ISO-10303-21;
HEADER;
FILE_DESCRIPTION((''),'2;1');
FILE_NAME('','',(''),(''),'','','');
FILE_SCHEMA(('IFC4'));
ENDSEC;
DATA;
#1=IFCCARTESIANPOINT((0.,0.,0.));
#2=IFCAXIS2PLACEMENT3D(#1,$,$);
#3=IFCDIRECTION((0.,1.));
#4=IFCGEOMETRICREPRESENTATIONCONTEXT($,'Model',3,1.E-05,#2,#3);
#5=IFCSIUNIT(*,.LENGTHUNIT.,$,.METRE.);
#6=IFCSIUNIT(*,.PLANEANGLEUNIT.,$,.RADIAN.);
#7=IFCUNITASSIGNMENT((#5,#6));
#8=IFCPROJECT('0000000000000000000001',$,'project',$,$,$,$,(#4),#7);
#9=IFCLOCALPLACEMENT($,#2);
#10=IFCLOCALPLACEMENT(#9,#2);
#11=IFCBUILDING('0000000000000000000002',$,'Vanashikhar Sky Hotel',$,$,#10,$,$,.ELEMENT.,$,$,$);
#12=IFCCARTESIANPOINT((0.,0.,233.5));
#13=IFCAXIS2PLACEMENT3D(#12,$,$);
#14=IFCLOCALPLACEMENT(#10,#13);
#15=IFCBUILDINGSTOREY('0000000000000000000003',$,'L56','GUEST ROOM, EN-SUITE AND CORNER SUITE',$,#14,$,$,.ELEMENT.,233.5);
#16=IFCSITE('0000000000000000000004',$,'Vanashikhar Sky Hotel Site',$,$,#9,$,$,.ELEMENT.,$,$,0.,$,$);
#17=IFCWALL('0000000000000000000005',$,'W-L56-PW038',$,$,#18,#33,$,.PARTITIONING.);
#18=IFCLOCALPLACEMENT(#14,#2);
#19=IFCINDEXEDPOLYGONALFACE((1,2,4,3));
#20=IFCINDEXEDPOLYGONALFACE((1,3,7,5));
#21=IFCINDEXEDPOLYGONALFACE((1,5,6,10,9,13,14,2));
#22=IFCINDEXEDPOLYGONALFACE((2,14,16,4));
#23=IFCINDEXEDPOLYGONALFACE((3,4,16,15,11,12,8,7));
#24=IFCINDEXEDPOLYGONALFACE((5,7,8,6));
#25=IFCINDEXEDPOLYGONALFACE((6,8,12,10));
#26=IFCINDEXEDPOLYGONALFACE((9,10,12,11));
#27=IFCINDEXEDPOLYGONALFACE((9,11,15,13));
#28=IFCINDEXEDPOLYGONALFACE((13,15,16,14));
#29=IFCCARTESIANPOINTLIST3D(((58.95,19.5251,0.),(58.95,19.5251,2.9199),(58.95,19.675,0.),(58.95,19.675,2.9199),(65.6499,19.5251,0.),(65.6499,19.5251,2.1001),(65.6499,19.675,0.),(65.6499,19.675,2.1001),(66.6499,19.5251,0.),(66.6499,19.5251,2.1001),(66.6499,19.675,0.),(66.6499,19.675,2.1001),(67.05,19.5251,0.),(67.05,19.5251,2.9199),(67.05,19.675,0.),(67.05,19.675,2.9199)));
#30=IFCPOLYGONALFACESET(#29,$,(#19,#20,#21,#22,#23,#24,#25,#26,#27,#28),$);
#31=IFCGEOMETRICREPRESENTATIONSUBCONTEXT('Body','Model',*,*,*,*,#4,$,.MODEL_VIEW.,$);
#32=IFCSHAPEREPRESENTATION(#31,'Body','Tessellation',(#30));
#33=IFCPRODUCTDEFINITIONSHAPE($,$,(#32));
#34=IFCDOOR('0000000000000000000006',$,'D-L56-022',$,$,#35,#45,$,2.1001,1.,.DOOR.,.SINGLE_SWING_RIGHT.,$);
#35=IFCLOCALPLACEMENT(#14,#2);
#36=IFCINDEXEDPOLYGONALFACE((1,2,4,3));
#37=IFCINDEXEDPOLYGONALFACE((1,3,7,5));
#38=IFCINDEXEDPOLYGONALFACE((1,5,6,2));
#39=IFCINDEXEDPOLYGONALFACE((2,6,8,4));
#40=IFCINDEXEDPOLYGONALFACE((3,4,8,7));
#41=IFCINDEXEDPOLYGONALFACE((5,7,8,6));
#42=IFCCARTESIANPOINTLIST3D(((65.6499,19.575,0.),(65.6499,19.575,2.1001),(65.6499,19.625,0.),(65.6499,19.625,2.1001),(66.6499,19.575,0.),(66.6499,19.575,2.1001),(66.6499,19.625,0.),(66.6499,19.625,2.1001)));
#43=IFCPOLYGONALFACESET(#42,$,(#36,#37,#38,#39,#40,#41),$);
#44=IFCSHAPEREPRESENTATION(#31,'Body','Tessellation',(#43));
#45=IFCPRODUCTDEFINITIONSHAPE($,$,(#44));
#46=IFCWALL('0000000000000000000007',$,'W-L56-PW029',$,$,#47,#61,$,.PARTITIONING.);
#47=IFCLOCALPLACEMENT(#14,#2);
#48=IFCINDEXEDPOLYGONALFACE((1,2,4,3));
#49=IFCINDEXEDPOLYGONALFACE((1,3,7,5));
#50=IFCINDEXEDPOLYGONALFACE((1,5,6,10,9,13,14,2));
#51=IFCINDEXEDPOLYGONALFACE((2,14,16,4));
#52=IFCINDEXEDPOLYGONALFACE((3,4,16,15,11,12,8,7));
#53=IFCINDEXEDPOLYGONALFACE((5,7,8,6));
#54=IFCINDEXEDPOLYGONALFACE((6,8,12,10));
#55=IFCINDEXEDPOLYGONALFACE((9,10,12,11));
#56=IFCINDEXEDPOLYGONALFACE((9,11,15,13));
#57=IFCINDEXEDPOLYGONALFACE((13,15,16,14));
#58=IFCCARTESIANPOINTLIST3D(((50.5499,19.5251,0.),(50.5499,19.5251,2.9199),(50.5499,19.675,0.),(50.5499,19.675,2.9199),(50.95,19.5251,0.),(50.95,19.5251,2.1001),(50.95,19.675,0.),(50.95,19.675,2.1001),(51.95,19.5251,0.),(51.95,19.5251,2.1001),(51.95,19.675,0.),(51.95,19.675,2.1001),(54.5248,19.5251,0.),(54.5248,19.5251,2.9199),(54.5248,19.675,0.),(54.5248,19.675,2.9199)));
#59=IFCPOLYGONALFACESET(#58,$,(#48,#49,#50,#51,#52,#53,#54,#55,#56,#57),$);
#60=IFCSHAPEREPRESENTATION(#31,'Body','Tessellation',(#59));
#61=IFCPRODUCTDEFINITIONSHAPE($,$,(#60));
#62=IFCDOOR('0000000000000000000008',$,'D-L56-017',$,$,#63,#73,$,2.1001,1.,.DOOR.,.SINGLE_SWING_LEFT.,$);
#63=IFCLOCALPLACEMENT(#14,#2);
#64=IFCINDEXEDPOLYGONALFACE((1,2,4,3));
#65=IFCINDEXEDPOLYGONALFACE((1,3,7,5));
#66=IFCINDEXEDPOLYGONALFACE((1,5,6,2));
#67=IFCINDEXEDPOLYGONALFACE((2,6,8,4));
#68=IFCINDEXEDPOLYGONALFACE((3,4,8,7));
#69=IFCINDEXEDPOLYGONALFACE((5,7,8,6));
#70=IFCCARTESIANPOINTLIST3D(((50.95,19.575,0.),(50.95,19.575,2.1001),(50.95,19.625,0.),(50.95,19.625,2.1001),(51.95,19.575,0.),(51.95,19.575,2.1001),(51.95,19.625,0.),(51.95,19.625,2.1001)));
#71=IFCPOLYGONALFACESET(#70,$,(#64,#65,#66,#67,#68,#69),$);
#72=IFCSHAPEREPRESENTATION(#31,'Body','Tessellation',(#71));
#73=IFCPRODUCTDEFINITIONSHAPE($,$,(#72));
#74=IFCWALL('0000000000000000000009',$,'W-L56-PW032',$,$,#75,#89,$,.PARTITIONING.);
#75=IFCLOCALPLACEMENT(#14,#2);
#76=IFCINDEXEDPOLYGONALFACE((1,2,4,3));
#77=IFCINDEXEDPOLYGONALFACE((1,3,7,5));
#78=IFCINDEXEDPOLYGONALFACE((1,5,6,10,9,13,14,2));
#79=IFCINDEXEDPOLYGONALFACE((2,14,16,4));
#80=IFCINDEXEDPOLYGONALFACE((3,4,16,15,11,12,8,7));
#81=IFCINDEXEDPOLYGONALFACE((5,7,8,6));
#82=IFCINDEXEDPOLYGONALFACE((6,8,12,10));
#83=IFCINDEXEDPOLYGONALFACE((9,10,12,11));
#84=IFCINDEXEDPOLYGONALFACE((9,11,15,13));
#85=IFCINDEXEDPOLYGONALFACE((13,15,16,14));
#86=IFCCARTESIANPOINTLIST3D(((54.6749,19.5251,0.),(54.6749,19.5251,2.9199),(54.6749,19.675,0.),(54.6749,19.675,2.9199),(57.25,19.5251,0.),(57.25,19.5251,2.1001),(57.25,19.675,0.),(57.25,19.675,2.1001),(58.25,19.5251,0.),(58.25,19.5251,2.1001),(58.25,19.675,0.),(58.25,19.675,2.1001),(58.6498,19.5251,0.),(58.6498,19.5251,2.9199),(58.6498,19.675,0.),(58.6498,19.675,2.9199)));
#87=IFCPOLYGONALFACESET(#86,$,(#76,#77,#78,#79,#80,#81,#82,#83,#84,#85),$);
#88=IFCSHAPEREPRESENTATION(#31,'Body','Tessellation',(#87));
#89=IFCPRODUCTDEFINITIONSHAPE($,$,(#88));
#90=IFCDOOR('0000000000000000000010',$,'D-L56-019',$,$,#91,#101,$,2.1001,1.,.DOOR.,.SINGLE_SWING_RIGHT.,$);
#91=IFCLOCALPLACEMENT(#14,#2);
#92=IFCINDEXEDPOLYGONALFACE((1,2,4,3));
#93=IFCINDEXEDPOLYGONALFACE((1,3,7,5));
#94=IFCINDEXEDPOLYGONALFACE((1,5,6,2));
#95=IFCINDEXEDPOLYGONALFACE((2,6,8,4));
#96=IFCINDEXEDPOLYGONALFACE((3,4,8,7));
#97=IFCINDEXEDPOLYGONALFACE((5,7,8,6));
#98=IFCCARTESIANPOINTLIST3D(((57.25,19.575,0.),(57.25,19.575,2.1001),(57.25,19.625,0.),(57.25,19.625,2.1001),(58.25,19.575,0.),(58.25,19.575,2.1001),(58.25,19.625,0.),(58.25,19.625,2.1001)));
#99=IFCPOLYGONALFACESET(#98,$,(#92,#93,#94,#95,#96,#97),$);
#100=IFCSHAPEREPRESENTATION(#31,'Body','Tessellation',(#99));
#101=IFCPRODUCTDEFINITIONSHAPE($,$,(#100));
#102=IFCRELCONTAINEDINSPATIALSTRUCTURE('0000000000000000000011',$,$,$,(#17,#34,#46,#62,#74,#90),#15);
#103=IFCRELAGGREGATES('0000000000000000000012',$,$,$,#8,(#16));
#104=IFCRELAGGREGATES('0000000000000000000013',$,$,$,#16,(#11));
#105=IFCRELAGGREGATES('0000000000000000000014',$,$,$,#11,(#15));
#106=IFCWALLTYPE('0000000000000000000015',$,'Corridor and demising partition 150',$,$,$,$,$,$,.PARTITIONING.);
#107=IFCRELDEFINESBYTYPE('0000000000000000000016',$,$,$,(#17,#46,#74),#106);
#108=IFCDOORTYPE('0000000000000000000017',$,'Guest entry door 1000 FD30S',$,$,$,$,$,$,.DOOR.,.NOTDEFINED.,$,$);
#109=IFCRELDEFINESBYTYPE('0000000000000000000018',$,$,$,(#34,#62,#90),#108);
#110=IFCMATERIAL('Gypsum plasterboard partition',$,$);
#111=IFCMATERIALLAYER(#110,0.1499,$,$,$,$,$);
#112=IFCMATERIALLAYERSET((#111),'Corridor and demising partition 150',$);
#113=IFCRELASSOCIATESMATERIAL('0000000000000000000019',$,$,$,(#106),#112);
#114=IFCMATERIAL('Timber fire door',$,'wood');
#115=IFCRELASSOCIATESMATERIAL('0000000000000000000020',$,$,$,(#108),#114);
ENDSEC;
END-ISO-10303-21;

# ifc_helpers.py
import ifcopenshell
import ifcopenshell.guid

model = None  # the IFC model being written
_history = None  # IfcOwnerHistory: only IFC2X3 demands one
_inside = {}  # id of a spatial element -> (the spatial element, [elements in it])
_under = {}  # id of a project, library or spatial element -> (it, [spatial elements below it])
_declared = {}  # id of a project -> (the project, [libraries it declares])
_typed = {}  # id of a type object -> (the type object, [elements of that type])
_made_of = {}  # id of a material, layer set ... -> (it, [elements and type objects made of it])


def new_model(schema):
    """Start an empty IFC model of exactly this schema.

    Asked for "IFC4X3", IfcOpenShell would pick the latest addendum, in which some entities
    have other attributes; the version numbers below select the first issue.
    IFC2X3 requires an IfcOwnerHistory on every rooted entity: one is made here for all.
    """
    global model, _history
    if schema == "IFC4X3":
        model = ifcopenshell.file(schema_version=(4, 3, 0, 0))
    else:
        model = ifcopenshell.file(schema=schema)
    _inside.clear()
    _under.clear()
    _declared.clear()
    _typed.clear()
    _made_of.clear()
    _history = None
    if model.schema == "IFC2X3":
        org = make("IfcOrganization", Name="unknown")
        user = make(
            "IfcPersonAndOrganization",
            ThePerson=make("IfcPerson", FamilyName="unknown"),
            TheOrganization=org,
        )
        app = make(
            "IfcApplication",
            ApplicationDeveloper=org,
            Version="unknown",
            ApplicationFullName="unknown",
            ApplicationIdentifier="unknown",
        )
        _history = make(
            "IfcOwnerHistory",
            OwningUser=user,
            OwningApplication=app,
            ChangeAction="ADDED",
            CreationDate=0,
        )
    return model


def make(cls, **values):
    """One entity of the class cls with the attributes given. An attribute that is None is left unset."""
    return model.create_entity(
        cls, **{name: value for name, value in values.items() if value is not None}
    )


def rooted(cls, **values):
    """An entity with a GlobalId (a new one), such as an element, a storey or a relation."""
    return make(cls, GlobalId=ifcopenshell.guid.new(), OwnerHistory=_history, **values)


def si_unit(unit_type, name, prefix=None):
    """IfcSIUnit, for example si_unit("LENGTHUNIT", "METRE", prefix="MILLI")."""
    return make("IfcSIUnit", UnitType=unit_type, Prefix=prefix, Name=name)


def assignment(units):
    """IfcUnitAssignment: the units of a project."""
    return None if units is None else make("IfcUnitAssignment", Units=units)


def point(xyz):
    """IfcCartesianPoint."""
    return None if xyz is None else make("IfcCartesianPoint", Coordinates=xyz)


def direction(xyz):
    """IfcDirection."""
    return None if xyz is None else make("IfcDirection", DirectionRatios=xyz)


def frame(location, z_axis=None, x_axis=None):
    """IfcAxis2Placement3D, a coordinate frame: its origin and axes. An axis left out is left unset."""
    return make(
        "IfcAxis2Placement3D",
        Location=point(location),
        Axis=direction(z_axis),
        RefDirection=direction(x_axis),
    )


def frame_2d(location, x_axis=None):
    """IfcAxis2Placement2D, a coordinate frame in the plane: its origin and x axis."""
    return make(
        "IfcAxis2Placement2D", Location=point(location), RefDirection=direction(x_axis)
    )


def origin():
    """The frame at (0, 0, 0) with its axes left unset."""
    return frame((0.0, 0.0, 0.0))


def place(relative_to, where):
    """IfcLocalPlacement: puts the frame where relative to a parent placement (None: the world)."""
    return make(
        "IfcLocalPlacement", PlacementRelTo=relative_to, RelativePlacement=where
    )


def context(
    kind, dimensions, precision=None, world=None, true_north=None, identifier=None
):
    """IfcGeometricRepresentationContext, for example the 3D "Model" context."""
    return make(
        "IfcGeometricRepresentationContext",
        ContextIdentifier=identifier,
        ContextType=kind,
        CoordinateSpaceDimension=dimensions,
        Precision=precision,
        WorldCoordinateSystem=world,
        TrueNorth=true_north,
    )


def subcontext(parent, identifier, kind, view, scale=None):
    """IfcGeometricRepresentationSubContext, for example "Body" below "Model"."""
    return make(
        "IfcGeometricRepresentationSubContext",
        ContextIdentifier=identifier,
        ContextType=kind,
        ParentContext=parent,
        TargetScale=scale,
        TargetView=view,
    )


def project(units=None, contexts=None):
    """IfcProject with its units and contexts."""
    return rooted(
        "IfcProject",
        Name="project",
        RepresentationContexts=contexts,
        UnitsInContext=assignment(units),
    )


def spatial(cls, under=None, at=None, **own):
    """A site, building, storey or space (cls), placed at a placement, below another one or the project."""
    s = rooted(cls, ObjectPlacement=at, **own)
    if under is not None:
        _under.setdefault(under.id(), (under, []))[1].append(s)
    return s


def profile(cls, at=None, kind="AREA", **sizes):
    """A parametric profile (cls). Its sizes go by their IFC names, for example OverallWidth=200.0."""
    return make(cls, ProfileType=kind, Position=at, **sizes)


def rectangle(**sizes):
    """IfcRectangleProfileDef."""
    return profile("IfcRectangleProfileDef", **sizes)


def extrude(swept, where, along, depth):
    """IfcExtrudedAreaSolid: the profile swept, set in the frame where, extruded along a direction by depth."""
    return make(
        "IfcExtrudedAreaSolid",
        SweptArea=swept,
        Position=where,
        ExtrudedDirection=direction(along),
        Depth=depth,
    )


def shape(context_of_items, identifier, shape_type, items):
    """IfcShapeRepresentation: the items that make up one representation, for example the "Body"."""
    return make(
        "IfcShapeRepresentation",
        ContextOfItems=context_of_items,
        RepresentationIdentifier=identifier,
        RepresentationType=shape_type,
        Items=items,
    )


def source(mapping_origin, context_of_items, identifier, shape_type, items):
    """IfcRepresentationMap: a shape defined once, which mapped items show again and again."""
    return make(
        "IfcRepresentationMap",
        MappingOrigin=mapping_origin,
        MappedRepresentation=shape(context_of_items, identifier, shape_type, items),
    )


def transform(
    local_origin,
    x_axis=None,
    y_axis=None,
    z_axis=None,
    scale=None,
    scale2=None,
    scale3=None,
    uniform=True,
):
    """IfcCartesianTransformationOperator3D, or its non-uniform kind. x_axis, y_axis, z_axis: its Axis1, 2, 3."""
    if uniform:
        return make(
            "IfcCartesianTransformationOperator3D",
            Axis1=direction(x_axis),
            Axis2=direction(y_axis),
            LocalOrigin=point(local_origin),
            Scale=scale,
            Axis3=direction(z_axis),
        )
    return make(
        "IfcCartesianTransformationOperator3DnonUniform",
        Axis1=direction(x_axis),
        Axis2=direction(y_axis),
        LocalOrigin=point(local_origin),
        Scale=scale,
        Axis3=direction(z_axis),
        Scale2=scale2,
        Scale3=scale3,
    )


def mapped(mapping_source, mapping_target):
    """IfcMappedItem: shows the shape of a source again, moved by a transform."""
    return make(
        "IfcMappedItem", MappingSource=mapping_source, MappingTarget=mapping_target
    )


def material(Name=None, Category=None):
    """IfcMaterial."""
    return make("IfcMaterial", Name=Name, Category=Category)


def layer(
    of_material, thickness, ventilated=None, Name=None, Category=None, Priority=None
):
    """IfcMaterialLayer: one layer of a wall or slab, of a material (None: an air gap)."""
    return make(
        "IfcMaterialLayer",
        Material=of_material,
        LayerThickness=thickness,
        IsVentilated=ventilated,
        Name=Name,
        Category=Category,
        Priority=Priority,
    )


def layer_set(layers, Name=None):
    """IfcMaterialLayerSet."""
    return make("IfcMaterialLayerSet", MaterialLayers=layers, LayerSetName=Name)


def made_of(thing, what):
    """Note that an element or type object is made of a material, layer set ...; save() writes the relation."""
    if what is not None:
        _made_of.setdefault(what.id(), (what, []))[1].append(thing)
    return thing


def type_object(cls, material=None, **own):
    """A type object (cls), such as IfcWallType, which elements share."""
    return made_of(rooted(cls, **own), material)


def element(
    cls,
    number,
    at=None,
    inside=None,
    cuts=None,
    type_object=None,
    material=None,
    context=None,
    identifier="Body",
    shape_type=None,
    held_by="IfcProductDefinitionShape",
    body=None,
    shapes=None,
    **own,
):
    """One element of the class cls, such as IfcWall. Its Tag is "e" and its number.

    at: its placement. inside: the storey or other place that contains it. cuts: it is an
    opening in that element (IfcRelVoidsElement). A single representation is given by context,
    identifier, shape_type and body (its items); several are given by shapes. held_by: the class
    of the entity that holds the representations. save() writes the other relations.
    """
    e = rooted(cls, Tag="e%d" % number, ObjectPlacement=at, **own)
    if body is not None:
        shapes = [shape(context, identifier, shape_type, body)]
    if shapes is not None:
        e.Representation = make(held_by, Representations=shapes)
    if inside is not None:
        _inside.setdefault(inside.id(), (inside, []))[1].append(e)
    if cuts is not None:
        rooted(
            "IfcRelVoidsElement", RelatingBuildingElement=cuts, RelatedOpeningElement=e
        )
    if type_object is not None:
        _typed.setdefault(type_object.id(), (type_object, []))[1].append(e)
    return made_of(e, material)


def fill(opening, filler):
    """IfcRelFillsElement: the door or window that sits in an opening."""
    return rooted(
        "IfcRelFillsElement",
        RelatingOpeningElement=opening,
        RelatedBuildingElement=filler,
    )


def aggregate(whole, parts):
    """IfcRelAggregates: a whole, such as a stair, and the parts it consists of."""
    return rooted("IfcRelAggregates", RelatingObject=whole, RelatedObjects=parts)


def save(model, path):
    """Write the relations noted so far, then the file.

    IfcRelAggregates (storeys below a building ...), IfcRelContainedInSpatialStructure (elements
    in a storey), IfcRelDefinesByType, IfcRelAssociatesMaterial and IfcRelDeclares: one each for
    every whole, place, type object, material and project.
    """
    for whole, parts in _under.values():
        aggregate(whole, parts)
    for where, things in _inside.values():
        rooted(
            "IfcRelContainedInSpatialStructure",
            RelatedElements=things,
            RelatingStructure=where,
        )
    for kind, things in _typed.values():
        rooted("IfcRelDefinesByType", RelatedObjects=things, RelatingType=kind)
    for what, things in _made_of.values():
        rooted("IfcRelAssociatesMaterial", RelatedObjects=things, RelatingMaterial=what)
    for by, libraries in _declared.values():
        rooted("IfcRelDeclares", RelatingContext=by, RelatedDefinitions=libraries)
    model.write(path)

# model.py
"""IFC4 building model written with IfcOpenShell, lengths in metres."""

from ifc_helpers import new_model, si_unit, direction, frame, frame_2d, origin, place, context, subcontext, project, spatial, rectangle, extrude, source, transform, mapped, material, layer, layer_set, type_object, element, fill, save


model = new_model("IFC4")

# Units and contexts
model_context = context("Model", 3, precision=1e-05, world=origin(), true_north=direction((0.0, 1.0)))
body_context = subcontext(model_context, "Body", "Model", "MODEL_VIEW")
ifc_project = project(units=[si_unit("LENGTHUNIT", "METRE"), si_unit("PLANEANGLEUNIT", "RADIAN")], contexts=[model_context])

# Site, building, storey
site_placement = place(None, origin())
site = spatial("IfcSite", under=ifc_project, at=site_placement, Name="Vanashikhar Sky Hotel Site", CompositionType="ELEMENT", RefElevation=0.0)
building_placement = place(site_placement, origin())
building = spatial("IfcBuilding", under=site, at=building_placement, Name="Vanashikhar Sky Hotel", CompositionType="ELEMENT")
storey_placement = place(building_placement, frame((0.0, 0.0, 233.5)))
storey = spatial("IfcBuildingStorey", under=building, at=storey_placement, Name="L56", Description="GUEST ROOM, EN-SUITE AND CORNER SUITE", CompositionType="ELEMENT", Elevation=233.5)

# Shared definitions
ifc_material_1 = material(Name="Gypsum plasterboard partition")

# Walls, openings, doors
ifc_layer_1 = layer(ifc_material_1, 0.1499)
ifc_layer_set_1 = layer_set([ifc_layer_1], Name="Corridor and demising partition 150")
wall_type_1 = type_object("IfcWallType", Name="Corridor and demising partition 150", PredefinedType="PARTITIONING", material=ifc_layer_set_1)
shared_shape_1 = source(origin(), body_context, "Body", "SweptSolid", [
    extrude(rectangle(XDim=1.0, YDim=2.1001, at=frame_2d((0.5, 1.05))), frame((0.0, 0.085, 0.0), z_axis=(0.0, -1.0, 0.0), x_axis=(1.0, 0.0, 0.0)), (0.0, 0.0, 1.0), 0.1699),
])
ifc_material_2 = material(Name="Timber fire door", Category="wood")
door_type_1 = type_object("IfcDoorType", Name="Guest entry door 1000 FD30S", OperationType="NOTDEFINED", PredefinedType="DOOR", material=ifc_material_2)
shared_shape_2 = source(origin(), body_context, "Body", "SweptSolid", [
    extrude(rectangle(XDim=1.0, YDim=2.1001, at=frame_2d((0.5, 1.05))), frame((0.0, 0.0249, 0.0), z_axis=(0.0, -1.0, 0.0), x_axis=(1.0, 0.0, 0.0)), (0.0, 0.0, 1.0), 0.05),
])
shared_shape_3 = source(origin(), body_context, "Body", "SweptSolid", [
    extrude(rectangle(XDim=8.1001, YDim=0.1499, at=frame_2d((4.05, 0.0))), origin(), (0.0, 0.0, 1.0), 2.9199),
])
wall_1_placement = place(storey_placement, frame((58.95, 19.6001, 0.0), z_axis=(0.0, 0.0, 1.0), x_axis=(1.0, 0.0, 0.0)))
wall_1 = element("IfcWall", 1, at=wall_1_placement, inside=storey, type_object=wall_type_1, Name="W-L56-PW038", PredefinedType="PARTITIONING", context=body_context, shape_type="MappedRepresentation", body=[
    mapped(shared_shape_3, transform((0.0, 0.0, 0.0), scale=1.0)),
])
opening_1_placement = place(wall_1_placement, frame((6.7, 0.0, 0.0)))
opening_1 = element("IfcOpeningElement", 2, at=opening_1_placement, cuts=wall_1, PredefinedType="OPENING", context=body_context, shape_type="MappedRepresentation", body=[
    mapped(shared_shape_1, transform((0.0, 0.0, 0.0), scale=1.0)),
])
door_1_placement = place(opening_1_placement, origin())
door_1 = element("IfcDoor", 3, at=door_1_placement, inside=storey, type_object=door_type_1, Name="D-L56-022", OperationType="SINGLE_SWING_RIGHT", OverallHeight=2.1001, OverallWidth=1.0, PredefinedType="DOOR", context=body_context, shape_type="MappedRepresentation", body=[
    mapped(shared_shape_2, transform((0.0, 0.0, 0.0), scale=1.0)),
])
fill(opening_1, door_1)
shared_shape_4 = source(origin(), body_context, "Body", "SweptSolid", [
    extrude(rectangle(XDim=3.9749, YDim=0.1499, at=frame_2d((1.9873, 0.0))), origin(), (0.0, 0.0, 1.0), 2.9199),
])
wall_2_placement = place(storey_placement, frame((50.55, 19.6001, 0.0), z_axis=(0.0, 0.0, 1.0), x_axis=(1.0, 0.0, 0.0)))
wall_2 = element("IfcWall", 4, at=wall_2_placement, inside=storey, type_object=wall_type_1, Name="W-L56-PW029", PredefinedType="PARTITIONING", context=body_context, shape_type="MappedRepresentation", body=[
    mapped(shared_shape_4, transform((0.0, 0.0, 0.0), scale=1.0)),
])
opening_2_placement = place(wall_2_placement, frame((0.3999, 0.0, 0.0)))
opening_2 = element("IfcOpeningElement", 5, at=opening_2_placement, cuts=wall_2, PredefinedType="OPENING", context=body_context, shape_type="MappedRepresentation", body=[
    mapped(shared_shape_1, transform((0.0, 0.0, 0.0), scale=1.0)),
])
door_2_placement = place(opening_2_placement, origin())
door_2 = element("IfcDoor", 6, at=door_2_placement, inside=storey, type_object=door_type_1, Name="D-L56-017", OperationType="SINGLE_SWING_LEFT", OverallHeight=2.1001, OverallWidth=1.0, PredefinedType="DOOR", context=body_context, shape_type="MappedRepresentation", body=[
    mapped(shared_shape_2, transform((0.0, 0.0, 0.0), scale=1.0)),
])
fill(opening_2, door_2)
wall_3_placement = place(storey_placement, frame((54.675, 19.6001, 0.0), z_axis=(0.0, 0.0, 1.0), x_axis=(1.0, 0.0, 0.0)))
wall_3 = element("IfcWall", 7, at=wall_3_placement, inside=storey, type_object=wall_type_1, Name="W-L56-PW032", PredefinedType="PARTITIONING", context=body_context, shape_type="MappedRepresentation", body=[
    mapped(shared_shape_4, transform((0.0, 0.0, 0.0), scale=1.0)),
])
opening_3_placement = place(wall_3_placement, frame((2.575, 0.0, 0.0)))
opening_3 = element("IfcOpeningElement", 8, at=opening_3_placement, cuts=wall_3, PredefinedType="OPENING", context=body_context, shape_type="MappedRepresentation", body=[
    mapped(shared_shape_1, transform((0.0, 0.0, 0.0), scale=1.0)),
])
door_3_placement = place(opening_3_placement, origin())
door_3 = element("IfcDoor", 9, at=door_3_placement, inside=storey, type_object=door_type_1, Name="D-L56-019", OperationType="SINGLE_SWING_RIGHT", OverallHeight=2.1001, OverallWidth=1.0, PredefinedType="DOOR", context=body_context, shape_type="MappedRepresentation", body=[
    mapped(shared_shape_2, transform((0.0, 0.0, 0.0), scale=1.0)),
])
fill(opening_3, door_3)

save(model, "model.ifc")
